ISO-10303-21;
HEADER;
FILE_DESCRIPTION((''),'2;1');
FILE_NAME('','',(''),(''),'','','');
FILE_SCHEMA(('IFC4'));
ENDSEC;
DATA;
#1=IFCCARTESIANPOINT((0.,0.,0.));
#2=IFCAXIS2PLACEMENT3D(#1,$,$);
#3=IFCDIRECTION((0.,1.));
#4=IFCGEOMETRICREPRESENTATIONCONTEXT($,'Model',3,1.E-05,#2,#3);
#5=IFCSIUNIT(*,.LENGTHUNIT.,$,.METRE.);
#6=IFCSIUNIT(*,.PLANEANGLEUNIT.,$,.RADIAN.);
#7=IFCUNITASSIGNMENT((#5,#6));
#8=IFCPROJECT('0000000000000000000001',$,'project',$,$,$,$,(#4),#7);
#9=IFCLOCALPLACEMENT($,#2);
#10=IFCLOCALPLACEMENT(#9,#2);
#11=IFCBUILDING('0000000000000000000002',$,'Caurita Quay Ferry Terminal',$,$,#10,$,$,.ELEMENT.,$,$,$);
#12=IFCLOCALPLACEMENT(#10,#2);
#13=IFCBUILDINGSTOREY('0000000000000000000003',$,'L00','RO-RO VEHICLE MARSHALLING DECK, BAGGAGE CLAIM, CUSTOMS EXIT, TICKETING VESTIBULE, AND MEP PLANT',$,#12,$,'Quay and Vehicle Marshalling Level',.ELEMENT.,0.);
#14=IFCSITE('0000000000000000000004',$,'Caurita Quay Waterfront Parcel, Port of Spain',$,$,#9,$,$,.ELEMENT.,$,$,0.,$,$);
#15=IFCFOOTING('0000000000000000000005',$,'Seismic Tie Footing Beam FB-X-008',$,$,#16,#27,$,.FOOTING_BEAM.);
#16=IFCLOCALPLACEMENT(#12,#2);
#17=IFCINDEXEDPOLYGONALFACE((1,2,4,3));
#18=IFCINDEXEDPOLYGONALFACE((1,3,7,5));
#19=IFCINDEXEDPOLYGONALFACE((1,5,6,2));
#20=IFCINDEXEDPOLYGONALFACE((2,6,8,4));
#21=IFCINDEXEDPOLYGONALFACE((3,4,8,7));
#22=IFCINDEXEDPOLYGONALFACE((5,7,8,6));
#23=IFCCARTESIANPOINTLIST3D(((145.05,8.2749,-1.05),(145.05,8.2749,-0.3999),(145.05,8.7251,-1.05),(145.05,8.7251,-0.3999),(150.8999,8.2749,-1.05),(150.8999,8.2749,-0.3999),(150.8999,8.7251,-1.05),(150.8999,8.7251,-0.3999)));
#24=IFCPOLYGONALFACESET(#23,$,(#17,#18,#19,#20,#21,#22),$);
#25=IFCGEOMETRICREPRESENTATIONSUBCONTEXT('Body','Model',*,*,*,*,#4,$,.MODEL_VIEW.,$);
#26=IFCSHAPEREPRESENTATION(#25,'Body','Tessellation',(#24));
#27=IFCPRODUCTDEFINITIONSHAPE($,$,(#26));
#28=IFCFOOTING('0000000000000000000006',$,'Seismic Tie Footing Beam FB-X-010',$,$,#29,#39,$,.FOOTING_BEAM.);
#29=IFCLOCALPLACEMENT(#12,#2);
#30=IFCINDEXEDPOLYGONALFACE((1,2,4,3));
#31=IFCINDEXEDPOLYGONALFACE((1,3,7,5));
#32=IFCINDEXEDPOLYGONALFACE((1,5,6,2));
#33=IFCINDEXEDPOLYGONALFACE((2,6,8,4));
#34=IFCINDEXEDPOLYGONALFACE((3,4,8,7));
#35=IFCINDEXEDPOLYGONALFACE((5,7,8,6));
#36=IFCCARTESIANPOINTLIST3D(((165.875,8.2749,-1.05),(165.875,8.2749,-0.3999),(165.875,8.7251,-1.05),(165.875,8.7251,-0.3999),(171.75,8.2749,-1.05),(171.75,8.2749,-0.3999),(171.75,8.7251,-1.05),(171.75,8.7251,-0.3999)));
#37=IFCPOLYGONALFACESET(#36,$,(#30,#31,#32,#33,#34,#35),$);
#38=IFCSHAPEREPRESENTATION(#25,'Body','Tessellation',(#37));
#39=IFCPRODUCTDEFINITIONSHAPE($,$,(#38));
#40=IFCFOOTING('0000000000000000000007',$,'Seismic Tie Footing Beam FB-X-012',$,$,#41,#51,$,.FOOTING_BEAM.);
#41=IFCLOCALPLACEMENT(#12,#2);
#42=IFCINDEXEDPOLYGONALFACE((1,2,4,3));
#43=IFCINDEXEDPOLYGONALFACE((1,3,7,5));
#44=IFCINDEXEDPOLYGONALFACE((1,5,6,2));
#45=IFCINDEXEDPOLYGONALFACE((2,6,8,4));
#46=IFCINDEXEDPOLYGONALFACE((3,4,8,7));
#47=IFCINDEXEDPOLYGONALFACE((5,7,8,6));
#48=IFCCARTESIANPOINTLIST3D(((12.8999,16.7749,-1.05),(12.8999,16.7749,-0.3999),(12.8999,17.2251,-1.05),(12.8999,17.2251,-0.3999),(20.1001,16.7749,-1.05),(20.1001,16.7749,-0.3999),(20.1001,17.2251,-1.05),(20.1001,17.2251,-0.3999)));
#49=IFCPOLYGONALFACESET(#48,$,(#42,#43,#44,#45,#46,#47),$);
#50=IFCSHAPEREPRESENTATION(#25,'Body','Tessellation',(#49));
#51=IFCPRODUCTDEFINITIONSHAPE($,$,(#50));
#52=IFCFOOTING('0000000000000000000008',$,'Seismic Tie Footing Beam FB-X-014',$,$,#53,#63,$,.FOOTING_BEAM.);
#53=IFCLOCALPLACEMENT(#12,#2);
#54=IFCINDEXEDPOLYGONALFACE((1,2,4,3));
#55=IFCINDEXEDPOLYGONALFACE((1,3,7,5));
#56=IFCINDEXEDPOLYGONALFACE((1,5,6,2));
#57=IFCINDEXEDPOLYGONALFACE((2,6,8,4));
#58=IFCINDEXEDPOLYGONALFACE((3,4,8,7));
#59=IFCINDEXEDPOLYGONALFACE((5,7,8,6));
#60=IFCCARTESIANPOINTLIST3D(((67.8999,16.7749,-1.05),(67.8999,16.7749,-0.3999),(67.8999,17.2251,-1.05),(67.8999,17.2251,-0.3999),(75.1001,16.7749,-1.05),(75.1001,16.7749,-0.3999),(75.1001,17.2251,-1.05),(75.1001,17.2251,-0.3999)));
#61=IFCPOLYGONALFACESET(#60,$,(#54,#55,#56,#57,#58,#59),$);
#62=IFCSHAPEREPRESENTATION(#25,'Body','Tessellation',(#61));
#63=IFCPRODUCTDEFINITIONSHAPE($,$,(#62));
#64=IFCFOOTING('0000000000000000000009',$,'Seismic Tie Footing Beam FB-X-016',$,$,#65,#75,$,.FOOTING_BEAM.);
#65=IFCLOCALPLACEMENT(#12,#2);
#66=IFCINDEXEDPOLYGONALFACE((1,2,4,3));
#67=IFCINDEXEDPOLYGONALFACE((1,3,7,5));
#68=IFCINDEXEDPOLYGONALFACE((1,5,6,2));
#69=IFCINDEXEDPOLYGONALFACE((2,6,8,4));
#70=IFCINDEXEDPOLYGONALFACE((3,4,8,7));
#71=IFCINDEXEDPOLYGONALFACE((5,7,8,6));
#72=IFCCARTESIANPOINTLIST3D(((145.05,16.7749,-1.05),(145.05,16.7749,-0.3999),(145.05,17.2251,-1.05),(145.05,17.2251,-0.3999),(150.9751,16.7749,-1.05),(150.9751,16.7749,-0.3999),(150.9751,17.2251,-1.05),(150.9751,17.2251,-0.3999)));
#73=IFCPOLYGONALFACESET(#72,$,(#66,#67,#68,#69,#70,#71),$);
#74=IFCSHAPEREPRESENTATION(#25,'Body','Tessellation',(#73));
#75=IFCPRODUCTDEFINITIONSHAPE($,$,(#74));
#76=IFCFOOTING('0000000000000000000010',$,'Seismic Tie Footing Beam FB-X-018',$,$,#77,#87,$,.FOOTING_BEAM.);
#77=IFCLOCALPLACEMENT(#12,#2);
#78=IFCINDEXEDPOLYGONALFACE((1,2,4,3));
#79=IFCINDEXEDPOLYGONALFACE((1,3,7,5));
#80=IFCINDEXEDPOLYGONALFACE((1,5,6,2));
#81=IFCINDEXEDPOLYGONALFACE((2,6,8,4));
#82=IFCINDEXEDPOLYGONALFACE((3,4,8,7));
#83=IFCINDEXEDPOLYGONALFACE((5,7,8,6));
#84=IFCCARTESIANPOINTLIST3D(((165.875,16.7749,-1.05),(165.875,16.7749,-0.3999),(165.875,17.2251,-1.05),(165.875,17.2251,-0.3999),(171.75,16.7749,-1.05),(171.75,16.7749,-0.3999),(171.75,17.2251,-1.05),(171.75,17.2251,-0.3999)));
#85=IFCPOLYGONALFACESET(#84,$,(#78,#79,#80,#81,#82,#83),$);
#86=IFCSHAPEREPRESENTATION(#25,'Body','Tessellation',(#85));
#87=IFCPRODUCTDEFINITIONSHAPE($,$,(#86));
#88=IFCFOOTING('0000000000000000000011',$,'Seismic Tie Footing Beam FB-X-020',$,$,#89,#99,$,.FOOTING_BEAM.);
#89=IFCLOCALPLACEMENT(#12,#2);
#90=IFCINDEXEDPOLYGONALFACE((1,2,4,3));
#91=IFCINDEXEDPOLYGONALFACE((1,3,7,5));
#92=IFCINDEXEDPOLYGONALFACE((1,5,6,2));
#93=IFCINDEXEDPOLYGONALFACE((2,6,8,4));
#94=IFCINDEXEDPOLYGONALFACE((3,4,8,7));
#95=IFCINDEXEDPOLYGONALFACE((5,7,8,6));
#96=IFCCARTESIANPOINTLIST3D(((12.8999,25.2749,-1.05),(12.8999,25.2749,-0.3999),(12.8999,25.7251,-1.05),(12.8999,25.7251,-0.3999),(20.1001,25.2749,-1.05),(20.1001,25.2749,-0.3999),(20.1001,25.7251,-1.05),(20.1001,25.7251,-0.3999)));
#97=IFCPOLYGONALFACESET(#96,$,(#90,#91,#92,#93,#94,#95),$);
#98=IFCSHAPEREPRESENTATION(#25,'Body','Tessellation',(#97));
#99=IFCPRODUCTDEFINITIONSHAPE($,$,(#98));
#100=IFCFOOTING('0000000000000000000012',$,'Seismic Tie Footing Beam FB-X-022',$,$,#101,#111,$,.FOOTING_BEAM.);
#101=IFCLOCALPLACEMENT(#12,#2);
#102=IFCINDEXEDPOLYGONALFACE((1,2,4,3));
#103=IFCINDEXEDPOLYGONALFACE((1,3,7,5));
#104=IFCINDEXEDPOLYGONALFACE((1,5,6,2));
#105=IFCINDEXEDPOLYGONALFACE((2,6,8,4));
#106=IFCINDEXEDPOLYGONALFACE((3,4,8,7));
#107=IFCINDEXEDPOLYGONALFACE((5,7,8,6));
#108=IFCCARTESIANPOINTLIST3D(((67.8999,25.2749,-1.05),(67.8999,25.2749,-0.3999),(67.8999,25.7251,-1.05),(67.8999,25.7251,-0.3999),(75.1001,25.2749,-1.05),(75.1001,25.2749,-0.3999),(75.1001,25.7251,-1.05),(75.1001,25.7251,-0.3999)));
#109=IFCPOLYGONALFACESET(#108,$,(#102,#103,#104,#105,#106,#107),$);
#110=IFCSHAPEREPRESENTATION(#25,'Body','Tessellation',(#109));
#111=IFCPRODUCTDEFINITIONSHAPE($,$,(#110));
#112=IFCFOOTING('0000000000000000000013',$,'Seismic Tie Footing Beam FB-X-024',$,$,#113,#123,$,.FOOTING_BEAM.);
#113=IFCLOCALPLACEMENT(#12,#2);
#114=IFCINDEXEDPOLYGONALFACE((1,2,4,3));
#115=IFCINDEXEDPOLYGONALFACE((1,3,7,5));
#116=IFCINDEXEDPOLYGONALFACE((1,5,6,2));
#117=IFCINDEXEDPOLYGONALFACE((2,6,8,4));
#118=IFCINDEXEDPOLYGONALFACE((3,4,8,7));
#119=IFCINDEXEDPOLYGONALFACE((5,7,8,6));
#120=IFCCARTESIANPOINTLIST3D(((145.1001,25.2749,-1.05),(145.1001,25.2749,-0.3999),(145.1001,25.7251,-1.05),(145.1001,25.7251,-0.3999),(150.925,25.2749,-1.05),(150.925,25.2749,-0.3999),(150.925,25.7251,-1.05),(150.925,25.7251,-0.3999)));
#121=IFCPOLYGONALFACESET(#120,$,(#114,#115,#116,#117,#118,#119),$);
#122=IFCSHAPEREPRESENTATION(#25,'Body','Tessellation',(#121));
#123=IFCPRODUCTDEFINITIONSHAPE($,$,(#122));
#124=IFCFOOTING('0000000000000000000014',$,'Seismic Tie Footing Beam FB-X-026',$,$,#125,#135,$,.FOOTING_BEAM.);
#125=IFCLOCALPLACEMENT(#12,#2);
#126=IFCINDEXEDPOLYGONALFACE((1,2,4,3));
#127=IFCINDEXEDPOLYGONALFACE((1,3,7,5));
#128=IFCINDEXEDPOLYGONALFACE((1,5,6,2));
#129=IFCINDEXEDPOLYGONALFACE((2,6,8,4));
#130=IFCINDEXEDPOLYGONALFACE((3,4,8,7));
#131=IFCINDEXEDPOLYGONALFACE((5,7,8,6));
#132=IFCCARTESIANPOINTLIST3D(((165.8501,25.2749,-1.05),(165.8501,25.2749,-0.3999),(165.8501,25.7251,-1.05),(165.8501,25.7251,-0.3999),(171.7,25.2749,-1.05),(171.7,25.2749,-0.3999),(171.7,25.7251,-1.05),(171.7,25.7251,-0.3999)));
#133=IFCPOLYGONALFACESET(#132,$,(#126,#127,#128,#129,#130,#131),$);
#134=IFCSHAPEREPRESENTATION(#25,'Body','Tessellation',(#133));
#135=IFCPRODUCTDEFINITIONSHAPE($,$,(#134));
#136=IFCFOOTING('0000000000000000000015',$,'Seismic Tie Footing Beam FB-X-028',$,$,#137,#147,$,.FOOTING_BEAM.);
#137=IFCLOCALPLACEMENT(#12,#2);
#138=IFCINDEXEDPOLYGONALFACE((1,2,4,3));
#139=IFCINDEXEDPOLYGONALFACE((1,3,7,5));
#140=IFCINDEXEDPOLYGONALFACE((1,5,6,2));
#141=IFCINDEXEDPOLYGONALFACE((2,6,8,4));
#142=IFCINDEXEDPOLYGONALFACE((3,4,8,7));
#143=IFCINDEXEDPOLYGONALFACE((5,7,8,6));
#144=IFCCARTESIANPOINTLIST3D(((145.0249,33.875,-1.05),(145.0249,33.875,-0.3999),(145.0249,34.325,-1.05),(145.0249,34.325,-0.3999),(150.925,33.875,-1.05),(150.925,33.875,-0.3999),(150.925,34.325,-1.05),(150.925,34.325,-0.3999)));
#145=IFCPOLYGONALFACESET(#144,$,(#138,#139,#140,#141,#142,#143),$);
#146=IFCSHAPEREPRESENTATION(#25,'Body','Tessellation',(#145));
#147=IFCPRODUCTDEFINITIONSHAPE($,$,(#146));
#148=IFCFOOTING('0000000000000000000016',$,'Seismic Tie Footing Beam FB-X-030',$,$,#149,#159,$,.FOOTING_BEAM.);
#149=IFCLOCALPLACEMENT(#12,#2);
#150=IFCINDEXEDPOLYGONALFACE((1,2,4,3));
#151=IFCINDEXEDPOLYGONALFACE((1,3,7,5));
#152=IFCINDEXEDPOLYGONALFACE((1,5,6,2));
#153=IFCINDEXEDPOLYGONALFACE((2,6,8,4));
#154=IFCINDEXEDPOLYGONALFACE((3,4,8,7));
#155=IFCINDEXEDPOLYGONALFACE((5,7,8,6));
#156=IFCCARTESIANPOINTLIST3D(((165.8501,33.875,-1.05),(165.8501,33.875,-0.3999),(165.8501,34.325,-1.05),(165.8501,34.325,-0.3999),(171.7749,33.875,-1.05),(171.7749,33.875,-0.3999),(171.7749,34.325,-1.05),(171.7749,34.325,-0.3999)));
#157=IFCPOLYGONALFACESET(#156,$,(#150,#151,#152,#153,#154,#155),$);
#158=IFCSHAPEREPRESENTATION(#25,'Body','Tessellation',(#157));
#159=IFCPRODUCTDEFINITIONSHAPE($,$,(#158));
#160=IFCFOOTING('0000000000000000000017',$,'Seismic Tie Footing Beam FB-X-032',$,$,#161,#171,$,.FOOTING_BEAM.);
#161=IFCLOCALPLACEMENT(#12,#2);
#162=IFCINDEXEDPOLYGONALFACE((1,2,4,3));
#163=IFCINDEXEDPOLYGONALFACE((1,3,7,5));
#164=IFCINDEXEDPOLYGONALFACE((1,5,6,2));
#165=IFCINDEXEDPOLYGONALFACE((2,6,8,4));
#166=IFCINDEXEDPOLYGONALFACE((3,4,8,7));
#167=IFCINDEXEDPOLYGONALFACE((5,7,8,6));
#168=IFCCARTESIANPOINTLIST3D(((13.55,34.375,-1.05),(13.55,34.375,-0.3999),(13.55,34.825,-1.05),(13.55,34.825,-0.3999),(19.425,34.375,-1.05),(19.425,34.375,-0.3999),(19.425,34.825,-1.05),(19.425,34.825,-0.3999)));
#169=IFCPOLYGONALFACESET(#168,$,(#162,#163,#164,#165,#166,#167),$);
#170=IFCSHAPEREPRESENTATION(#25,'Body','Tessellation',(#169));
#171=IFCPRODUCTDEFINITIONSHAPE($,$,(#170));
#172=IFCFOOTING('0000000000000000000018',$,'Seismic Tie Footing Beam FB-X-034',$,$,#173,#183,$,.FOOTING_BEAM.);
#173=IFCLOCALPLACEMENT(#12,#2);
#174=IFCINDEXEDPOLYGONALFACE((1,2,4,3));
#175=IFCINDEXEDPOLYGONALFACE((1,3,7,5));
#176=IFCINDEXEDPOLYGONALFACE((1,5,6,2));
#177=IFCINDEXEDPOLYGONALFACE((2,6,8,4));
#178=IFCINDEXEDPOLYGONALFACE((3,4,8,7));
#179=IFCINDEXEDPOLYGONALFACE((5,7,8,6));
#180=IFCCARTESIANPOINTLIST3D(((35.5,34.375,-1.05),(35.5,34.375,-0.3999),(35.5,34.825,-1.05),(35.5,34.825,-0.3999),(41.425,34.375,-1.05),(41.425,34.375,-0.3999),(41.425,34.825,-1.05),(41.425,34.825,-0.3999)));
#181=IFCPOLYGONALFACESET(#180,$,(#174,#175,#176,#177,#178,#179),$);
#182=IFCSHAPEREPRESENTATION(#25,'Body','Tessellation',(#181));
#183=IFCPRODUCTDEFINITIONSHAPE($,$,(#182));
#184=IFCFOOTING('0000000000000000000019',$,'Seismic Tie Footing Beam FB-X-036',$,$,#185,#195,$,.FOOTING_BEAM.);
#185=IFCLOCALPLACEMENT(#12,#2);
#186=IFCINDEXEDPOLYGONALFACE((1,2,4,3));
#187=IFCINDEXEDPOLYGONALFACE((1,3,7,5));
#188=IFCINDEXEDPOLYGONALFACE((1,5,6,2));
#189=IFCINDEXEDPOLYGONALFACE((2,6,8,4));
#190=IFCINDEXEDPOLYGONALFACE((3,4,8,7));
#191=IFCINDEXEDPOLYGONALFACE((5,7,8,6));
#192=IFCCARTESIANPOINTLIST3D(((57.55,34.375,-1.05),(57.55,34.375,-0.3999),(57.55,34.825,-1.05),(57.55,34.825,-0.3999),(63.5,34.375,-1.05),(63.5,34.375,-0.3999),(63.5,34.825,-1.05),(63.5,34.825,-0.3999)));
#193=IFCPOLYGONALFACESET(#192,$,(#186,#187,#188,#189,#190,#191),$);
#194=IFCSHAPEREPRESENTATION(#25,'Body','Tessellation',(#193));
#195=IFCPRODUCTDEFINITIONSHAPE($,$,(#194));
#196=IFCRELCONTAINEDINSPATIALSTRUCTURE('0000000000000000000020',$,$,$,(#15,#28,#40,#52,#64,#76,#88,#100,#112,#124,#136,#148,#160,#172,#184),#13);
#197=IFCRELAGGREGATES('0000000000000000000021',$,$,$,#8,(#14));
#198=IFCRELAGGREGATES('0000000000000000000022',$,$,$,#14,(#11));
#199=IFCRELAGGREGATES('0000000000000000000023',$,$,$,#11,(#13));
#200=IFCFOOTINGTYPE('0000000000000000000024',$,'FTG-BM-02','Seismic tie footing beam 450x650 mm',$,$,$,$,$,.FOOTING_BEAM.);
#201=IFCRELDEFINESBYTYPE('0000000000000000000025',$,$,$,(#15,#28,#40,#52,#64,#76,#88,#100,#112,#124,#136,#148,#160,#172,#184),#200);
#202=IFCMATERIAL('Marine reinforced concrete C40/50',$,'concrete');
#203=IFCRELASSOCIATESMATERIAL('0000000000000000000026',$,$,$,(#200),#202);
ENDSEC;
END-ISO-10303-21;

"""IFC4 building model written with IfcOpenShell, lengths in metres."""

from ifc_helpers import new_model, si_unit, direction, frame, origin, place, context, subcontext, project, spatial, polyline, outline, extrude, material, type_object, element, save


model = new_model("IFC4")

# Units and contexts
model_context = context("Model", 3, precision=1e-05, world=origin(), true_north=direction((0.0, 1.0)))
body_context = subcontext(model_context, "Body", "Model", "MODEL_VIEW")
ifc_project = project(units=[si_unit("LENGTHUNIT", "METRE"), si_unit("PLANEANGLEUNIT", "RADIAN")], contexts=[model_context])

# Site, building, storey
site_placement = place(None, origin())
site = spatial("IfcSite", under=ifc_project, at=site_placement, Name="Caurita Quay Waterfront Parcel, Port of Spain", CompositionType="ELEMENT", RefElevation=0.0)
building_placement = place(site_placement, origin())
building = spatial("IfcBuilding", under=site, at=building_placement, Name="Caurita Quay Ferry Terminal", CompositionType="ELEMENT")
storey_placement = place(building_placement, origin())
storey = spatial("IfcBuildingStorey", under=building, at=storey_placement, Name="L00", Description="RO-RO VEHICLE MARSHALLING DECK, BAGGAGE CLAIM, CUSTOMS EXIT, TICKETING VESTIBULE, AND MEP PLANT", LongName="Quay and Vehicle Marshalling Level", CompositionType="ELEMENT", Elevation=0.0)

# Footings
ifc_material = material(Name="Marine reinforced concrete C40/50", Category="concrete")
footing_type_1 = type_object("IfcFootingType", Name="FTG-BM-02", Description="Seismic tie footing beam 450x650 mm", PredefinedType="FOOTING_BEAM", material=ifc_material)
footing_1_placement = place(storey_placement, frame((0.0, 0.0, -1.05)))
element("IfcFooting", 1, at=footing_1_placement, inside=storey, type_object=footing_type_1, Name="Seismic Tie Footing Beam FB-X-008", PredefinedType="FOOTING_BEAM", context=body_context, shape_type="SweptSolid", body=[
    extrude(outline(polyline([(145.05, 8.2749), (150.8999, 8.2749), (150.8999, 8.7251), (145.05, 8.7251), (145.05, 8.2749)])), origin(), (0.0, 0.0, 1.0), 0.6501),
])
footing_2_placement = place(storey_placement, frame((0.0, 0.0, -1.05)))
element("IfcFooting", 2, at=footing_2_placement, inside=storey, type_object=footing_type_1, Name="Seismic Tie Footing Beam FB-X-010", PredefinedType="FOOTING_BEAM", context=body_context, shape_type="SweptSolid", body=[
    extrude(outline(polyline([(165.875, 8.2749), (171.75, 8.2749), (171.75, 8.7251), (165.875, 8.7251), (165.875, 8.2749)])), origin(), (0.0, 0.0, 1.0), 0.6501),
])
footing_3_placement = place(storey_placement, frame((0.0, 0.0, -1.05)))
element("IfcFooting", 3, at=footing_3_placement, inside=storey, type_object=footing_type_1, Name="Seismic Tie Footing Beam FB-X-012", PredefinedType="FOOTING_BEAM", context=body_context, shape_type="SweptSolid", body=[
    extrude(outline(polyline([(12.8999, 16.7749), (20.1001, 16.7749), (20.1001, 17.2251), (12.8999, 17.2251), (12.8999, 16.7749)])), origin(), (0.0, 0.0, 1.0), 0.6501),
])
footing_4_placement = place(storey_placement, frame((0.0, 0.0, -1.05)))
element("IfcFooting", 4, at=footing_4_placement, inside=storey, type_object=footing_type_1, Name="Seismic Tie Footing Beam FB-X-014", PredefinedType="FOOTING_BEAM", context=body_context, shape_type="SweptSolid", body=[
    extrude(outline(polyline([(67.8999, 16.7749), (75.1001, 16.7749), (75.1001, 17.2251), (67.8999, 17.2251), (67.8999, 16.7749)])), origin(), (0.0, 0.0, 1.0), 0.6501),
])
footing_5_placement = place(storey_placement, frame((0.0, 0.0, -1.05)))
element("IfcFooting", 5, at=footing_5_placement, inside=storey, type_object=footing_type_1, Name="Seismic Tie Footing Beam FB-X-016", PredefinedType="FOOTING_BEAM", context=body_context, shape_type="SweptSolid", body=[
    extrude(outline(polyline([(145.05, 16.7749), (150.9751, 16.7749), (150.9751, 17.2251), (145.05, 17.2251), (145.05, 16.7749)])), origin(), (0.0, 0.0, 1.0), 0.6501),
])
footing_6_placement = place(storey_placement, frame((0.0, 0.0, -1.05)))
element("IfcFooting", 6, at=footing_6_placement, inside=storey, type_object=footing_type_1, Name="Seismic Tie Footing Beam FB-X-018", PredefinedType="FOOTING_BEAM", context=body_context, shape_type="SweptSolid", body=[
    extrude(outline(polyline([(165.875, 16.7749), (171.75, 16.7749), (171.75, 17.2251), (165.875, 17.2251), (165.875, 16.7749)])), origin(), (0.0, 0.0, 1.0), 0.6501),
])
footing_7_placement = place(storey_placement, frame((0.0, 0.0, -1.05)))
element("IfcFooting", 7, at=footing_7_placement, inside=storey, type_object=footing_type_1, Name="Seismic Tie Footing Beam FB-X-020", PredefinedType="FOOTING_BEAM", context=body_context, shape_type="SweptSolid", body=[
    extrude(outline(polyline([(12.8999, 25.2749), (20.1001, 25.2749), (20.1001, 25.7251), (12.8999, 25.7251), (12.8999, 25.2749)])), origin(), (0.0, 0.0, 1.0), 0.6501),
])
footing_8_placement = place(storey_placement, frame((0.0, 0.0, -1.05)))
element("IfcFooting", 8, at=footing_8_placement, inside=storey, type_object=footing_type_1, Name="Seismic Tie Footing Beam FB-X-022", PredefinedType="FOOTING_BEAM", context=body_context, shape_type="SweptSolid", body=[
    extrude(outline(polyline([(67.8999, 25.2749), (75.1001, 25.2749), (75.1001, 25.7251), (67.8999, 25.7251), (67.8999, 25.2749)])), origin(), (0.0, 0.0, 1.0), 0.6501),
])
footing_9_placement = place(storey_placement, frame((0.0, 0.0, -1.05)))
element("IfcFooting", 9, at=footing_9_placement, inside=storey, type_object=footing_type_1, Name="Seismic Tie Footing Beam FB-X-024", PredefinedType="FOOTING_BEAM", context=body_context, shape_type="SweptSolid", body=[
    extrude(outline(polyline([(145.1001, 25.2749), (150.925, 25.2749), (150.925, 25.7251), (145.1001, 25.7251), (145.1001, 25.2749)])), origin(), (0.0, 0.0, 1.0), 0.6501),
])
footing_10_placement = place(storey_placement, frame((0.0, 0.0, -1.05)))
element("IfcFooting", 10, at=footing_10_placement, inside=storey, type_object=footing_type_1, Name="Seismic Tie Footing Beam FB-X-026", PredefinedType="FOOTING_BEAM", context=body_context, shape_type="SweptSolid", body=[
    extrude(outline(polyline([(165.8501, 25.2749), (171.7, 25.2749), (171.7, 25.7251), (165.8501, 25.7251), (165.8501, 25.2749)])), origin(), (0.0, 0.0, 1.0), 0.6501),
])
footing_11_placement = place(storey_placement, frame((0.0, 0.0, -1.05)))
element("IfcFooting", 11, at=footing_11_placement, inside=storey, type_object=footing_type_1, Name="Seismic Tie Footing Beam FB-X-028", PredefinedType="FOOTING_BEAM", context=body_context, shape_type="SweptSolid", body=[
    extrude(outline(polyline([(145.0249, 33.875), (150.925, 33.875), (150.925, 34.325), (145.0249, 34.325), (145.0249, 33.875)])), origin(), (0.0, 0.0, 1.0), 0.6501),
])
footing_12_placement = place(storey_placement, frame((0.0, 0.0, -1.05)))
element("IfcFooting", 12, at=footing_12_placement, inside=storey, type_object=footing_type_1, Name="Seismic Tie Footing Beam FB-X-030", PredefinedType="FOOTING_BEAM", context=body_context, shape_type="SweptSolid", body=[
    extrude(outline(polyline([(165.8501, 33.875), (171.7749, 33.875), (171.7749, 34.325), (165.8501, 34.325), (165.8501, 33.875)])), origin(), (0.0, 0.0, 1.0), 0.6501),
])
footing_13_placement = place(storey_placement, frame((0.0, 0.0, -1.05)))
element("IfcFooting", 13, at=footing_13_placement, inside=storey, type_object=footing_type_1, Name="Seismic Tie Footing Beam FB-X-032", PredefinedType="FOOTING_BEAM", context=body_context, shape_type="SweptSolid", body=[
    extrude(outline(polyline([(13.55, 34.375), (19.425, 34.375), (19.425, 34.825), (13.55, 34.825), (13.55, 34.375)])), origin(), (0.0, 0.0, 1.0), 0.6501),
])
footing_14_placement = place(storey_placement, frame((0.0, 0.0, -1.05)))
element("IfcFooting", 14, at=footing_14_placement, inside=storey, type_object=footing_type_1, Name="Seismic Tie Footing Beam FB-X-034", PredefinedType="FOOTING_BEAM", context=body_context, shape_type="SweptSolid", body=[
    extrude(outline(polyline([(35.5, 34.375), (41.425, 34.375), (41.425, 34.825), (35.5, 34.825), (35.5, 34.375)])), origin(), (0.0, 0.0, 1.0), 0.6501),
])
footing_15_placement = place(storey_placement, frame((0.0, 0.0, -1.05)))
element("IfcFooting", 15, at=footing_15_placement, inside=storey, type_object=footing_type_1, Name="Seismic Tie Footing Beam FB-X-036", PredefinedType="FOOTING_BEAM", context=body_context, shape_type="SweptSolid", body=[
    extrude(outline(polyline([(57.55, 34.375), (63.5, 34.375), (63.5, 34.825), (57.55, 34.825), (57.55, 34.375)])), origin(), (0.0, 0.0, 1.0), 0.6501),
])

save(model, "model.ifc")
